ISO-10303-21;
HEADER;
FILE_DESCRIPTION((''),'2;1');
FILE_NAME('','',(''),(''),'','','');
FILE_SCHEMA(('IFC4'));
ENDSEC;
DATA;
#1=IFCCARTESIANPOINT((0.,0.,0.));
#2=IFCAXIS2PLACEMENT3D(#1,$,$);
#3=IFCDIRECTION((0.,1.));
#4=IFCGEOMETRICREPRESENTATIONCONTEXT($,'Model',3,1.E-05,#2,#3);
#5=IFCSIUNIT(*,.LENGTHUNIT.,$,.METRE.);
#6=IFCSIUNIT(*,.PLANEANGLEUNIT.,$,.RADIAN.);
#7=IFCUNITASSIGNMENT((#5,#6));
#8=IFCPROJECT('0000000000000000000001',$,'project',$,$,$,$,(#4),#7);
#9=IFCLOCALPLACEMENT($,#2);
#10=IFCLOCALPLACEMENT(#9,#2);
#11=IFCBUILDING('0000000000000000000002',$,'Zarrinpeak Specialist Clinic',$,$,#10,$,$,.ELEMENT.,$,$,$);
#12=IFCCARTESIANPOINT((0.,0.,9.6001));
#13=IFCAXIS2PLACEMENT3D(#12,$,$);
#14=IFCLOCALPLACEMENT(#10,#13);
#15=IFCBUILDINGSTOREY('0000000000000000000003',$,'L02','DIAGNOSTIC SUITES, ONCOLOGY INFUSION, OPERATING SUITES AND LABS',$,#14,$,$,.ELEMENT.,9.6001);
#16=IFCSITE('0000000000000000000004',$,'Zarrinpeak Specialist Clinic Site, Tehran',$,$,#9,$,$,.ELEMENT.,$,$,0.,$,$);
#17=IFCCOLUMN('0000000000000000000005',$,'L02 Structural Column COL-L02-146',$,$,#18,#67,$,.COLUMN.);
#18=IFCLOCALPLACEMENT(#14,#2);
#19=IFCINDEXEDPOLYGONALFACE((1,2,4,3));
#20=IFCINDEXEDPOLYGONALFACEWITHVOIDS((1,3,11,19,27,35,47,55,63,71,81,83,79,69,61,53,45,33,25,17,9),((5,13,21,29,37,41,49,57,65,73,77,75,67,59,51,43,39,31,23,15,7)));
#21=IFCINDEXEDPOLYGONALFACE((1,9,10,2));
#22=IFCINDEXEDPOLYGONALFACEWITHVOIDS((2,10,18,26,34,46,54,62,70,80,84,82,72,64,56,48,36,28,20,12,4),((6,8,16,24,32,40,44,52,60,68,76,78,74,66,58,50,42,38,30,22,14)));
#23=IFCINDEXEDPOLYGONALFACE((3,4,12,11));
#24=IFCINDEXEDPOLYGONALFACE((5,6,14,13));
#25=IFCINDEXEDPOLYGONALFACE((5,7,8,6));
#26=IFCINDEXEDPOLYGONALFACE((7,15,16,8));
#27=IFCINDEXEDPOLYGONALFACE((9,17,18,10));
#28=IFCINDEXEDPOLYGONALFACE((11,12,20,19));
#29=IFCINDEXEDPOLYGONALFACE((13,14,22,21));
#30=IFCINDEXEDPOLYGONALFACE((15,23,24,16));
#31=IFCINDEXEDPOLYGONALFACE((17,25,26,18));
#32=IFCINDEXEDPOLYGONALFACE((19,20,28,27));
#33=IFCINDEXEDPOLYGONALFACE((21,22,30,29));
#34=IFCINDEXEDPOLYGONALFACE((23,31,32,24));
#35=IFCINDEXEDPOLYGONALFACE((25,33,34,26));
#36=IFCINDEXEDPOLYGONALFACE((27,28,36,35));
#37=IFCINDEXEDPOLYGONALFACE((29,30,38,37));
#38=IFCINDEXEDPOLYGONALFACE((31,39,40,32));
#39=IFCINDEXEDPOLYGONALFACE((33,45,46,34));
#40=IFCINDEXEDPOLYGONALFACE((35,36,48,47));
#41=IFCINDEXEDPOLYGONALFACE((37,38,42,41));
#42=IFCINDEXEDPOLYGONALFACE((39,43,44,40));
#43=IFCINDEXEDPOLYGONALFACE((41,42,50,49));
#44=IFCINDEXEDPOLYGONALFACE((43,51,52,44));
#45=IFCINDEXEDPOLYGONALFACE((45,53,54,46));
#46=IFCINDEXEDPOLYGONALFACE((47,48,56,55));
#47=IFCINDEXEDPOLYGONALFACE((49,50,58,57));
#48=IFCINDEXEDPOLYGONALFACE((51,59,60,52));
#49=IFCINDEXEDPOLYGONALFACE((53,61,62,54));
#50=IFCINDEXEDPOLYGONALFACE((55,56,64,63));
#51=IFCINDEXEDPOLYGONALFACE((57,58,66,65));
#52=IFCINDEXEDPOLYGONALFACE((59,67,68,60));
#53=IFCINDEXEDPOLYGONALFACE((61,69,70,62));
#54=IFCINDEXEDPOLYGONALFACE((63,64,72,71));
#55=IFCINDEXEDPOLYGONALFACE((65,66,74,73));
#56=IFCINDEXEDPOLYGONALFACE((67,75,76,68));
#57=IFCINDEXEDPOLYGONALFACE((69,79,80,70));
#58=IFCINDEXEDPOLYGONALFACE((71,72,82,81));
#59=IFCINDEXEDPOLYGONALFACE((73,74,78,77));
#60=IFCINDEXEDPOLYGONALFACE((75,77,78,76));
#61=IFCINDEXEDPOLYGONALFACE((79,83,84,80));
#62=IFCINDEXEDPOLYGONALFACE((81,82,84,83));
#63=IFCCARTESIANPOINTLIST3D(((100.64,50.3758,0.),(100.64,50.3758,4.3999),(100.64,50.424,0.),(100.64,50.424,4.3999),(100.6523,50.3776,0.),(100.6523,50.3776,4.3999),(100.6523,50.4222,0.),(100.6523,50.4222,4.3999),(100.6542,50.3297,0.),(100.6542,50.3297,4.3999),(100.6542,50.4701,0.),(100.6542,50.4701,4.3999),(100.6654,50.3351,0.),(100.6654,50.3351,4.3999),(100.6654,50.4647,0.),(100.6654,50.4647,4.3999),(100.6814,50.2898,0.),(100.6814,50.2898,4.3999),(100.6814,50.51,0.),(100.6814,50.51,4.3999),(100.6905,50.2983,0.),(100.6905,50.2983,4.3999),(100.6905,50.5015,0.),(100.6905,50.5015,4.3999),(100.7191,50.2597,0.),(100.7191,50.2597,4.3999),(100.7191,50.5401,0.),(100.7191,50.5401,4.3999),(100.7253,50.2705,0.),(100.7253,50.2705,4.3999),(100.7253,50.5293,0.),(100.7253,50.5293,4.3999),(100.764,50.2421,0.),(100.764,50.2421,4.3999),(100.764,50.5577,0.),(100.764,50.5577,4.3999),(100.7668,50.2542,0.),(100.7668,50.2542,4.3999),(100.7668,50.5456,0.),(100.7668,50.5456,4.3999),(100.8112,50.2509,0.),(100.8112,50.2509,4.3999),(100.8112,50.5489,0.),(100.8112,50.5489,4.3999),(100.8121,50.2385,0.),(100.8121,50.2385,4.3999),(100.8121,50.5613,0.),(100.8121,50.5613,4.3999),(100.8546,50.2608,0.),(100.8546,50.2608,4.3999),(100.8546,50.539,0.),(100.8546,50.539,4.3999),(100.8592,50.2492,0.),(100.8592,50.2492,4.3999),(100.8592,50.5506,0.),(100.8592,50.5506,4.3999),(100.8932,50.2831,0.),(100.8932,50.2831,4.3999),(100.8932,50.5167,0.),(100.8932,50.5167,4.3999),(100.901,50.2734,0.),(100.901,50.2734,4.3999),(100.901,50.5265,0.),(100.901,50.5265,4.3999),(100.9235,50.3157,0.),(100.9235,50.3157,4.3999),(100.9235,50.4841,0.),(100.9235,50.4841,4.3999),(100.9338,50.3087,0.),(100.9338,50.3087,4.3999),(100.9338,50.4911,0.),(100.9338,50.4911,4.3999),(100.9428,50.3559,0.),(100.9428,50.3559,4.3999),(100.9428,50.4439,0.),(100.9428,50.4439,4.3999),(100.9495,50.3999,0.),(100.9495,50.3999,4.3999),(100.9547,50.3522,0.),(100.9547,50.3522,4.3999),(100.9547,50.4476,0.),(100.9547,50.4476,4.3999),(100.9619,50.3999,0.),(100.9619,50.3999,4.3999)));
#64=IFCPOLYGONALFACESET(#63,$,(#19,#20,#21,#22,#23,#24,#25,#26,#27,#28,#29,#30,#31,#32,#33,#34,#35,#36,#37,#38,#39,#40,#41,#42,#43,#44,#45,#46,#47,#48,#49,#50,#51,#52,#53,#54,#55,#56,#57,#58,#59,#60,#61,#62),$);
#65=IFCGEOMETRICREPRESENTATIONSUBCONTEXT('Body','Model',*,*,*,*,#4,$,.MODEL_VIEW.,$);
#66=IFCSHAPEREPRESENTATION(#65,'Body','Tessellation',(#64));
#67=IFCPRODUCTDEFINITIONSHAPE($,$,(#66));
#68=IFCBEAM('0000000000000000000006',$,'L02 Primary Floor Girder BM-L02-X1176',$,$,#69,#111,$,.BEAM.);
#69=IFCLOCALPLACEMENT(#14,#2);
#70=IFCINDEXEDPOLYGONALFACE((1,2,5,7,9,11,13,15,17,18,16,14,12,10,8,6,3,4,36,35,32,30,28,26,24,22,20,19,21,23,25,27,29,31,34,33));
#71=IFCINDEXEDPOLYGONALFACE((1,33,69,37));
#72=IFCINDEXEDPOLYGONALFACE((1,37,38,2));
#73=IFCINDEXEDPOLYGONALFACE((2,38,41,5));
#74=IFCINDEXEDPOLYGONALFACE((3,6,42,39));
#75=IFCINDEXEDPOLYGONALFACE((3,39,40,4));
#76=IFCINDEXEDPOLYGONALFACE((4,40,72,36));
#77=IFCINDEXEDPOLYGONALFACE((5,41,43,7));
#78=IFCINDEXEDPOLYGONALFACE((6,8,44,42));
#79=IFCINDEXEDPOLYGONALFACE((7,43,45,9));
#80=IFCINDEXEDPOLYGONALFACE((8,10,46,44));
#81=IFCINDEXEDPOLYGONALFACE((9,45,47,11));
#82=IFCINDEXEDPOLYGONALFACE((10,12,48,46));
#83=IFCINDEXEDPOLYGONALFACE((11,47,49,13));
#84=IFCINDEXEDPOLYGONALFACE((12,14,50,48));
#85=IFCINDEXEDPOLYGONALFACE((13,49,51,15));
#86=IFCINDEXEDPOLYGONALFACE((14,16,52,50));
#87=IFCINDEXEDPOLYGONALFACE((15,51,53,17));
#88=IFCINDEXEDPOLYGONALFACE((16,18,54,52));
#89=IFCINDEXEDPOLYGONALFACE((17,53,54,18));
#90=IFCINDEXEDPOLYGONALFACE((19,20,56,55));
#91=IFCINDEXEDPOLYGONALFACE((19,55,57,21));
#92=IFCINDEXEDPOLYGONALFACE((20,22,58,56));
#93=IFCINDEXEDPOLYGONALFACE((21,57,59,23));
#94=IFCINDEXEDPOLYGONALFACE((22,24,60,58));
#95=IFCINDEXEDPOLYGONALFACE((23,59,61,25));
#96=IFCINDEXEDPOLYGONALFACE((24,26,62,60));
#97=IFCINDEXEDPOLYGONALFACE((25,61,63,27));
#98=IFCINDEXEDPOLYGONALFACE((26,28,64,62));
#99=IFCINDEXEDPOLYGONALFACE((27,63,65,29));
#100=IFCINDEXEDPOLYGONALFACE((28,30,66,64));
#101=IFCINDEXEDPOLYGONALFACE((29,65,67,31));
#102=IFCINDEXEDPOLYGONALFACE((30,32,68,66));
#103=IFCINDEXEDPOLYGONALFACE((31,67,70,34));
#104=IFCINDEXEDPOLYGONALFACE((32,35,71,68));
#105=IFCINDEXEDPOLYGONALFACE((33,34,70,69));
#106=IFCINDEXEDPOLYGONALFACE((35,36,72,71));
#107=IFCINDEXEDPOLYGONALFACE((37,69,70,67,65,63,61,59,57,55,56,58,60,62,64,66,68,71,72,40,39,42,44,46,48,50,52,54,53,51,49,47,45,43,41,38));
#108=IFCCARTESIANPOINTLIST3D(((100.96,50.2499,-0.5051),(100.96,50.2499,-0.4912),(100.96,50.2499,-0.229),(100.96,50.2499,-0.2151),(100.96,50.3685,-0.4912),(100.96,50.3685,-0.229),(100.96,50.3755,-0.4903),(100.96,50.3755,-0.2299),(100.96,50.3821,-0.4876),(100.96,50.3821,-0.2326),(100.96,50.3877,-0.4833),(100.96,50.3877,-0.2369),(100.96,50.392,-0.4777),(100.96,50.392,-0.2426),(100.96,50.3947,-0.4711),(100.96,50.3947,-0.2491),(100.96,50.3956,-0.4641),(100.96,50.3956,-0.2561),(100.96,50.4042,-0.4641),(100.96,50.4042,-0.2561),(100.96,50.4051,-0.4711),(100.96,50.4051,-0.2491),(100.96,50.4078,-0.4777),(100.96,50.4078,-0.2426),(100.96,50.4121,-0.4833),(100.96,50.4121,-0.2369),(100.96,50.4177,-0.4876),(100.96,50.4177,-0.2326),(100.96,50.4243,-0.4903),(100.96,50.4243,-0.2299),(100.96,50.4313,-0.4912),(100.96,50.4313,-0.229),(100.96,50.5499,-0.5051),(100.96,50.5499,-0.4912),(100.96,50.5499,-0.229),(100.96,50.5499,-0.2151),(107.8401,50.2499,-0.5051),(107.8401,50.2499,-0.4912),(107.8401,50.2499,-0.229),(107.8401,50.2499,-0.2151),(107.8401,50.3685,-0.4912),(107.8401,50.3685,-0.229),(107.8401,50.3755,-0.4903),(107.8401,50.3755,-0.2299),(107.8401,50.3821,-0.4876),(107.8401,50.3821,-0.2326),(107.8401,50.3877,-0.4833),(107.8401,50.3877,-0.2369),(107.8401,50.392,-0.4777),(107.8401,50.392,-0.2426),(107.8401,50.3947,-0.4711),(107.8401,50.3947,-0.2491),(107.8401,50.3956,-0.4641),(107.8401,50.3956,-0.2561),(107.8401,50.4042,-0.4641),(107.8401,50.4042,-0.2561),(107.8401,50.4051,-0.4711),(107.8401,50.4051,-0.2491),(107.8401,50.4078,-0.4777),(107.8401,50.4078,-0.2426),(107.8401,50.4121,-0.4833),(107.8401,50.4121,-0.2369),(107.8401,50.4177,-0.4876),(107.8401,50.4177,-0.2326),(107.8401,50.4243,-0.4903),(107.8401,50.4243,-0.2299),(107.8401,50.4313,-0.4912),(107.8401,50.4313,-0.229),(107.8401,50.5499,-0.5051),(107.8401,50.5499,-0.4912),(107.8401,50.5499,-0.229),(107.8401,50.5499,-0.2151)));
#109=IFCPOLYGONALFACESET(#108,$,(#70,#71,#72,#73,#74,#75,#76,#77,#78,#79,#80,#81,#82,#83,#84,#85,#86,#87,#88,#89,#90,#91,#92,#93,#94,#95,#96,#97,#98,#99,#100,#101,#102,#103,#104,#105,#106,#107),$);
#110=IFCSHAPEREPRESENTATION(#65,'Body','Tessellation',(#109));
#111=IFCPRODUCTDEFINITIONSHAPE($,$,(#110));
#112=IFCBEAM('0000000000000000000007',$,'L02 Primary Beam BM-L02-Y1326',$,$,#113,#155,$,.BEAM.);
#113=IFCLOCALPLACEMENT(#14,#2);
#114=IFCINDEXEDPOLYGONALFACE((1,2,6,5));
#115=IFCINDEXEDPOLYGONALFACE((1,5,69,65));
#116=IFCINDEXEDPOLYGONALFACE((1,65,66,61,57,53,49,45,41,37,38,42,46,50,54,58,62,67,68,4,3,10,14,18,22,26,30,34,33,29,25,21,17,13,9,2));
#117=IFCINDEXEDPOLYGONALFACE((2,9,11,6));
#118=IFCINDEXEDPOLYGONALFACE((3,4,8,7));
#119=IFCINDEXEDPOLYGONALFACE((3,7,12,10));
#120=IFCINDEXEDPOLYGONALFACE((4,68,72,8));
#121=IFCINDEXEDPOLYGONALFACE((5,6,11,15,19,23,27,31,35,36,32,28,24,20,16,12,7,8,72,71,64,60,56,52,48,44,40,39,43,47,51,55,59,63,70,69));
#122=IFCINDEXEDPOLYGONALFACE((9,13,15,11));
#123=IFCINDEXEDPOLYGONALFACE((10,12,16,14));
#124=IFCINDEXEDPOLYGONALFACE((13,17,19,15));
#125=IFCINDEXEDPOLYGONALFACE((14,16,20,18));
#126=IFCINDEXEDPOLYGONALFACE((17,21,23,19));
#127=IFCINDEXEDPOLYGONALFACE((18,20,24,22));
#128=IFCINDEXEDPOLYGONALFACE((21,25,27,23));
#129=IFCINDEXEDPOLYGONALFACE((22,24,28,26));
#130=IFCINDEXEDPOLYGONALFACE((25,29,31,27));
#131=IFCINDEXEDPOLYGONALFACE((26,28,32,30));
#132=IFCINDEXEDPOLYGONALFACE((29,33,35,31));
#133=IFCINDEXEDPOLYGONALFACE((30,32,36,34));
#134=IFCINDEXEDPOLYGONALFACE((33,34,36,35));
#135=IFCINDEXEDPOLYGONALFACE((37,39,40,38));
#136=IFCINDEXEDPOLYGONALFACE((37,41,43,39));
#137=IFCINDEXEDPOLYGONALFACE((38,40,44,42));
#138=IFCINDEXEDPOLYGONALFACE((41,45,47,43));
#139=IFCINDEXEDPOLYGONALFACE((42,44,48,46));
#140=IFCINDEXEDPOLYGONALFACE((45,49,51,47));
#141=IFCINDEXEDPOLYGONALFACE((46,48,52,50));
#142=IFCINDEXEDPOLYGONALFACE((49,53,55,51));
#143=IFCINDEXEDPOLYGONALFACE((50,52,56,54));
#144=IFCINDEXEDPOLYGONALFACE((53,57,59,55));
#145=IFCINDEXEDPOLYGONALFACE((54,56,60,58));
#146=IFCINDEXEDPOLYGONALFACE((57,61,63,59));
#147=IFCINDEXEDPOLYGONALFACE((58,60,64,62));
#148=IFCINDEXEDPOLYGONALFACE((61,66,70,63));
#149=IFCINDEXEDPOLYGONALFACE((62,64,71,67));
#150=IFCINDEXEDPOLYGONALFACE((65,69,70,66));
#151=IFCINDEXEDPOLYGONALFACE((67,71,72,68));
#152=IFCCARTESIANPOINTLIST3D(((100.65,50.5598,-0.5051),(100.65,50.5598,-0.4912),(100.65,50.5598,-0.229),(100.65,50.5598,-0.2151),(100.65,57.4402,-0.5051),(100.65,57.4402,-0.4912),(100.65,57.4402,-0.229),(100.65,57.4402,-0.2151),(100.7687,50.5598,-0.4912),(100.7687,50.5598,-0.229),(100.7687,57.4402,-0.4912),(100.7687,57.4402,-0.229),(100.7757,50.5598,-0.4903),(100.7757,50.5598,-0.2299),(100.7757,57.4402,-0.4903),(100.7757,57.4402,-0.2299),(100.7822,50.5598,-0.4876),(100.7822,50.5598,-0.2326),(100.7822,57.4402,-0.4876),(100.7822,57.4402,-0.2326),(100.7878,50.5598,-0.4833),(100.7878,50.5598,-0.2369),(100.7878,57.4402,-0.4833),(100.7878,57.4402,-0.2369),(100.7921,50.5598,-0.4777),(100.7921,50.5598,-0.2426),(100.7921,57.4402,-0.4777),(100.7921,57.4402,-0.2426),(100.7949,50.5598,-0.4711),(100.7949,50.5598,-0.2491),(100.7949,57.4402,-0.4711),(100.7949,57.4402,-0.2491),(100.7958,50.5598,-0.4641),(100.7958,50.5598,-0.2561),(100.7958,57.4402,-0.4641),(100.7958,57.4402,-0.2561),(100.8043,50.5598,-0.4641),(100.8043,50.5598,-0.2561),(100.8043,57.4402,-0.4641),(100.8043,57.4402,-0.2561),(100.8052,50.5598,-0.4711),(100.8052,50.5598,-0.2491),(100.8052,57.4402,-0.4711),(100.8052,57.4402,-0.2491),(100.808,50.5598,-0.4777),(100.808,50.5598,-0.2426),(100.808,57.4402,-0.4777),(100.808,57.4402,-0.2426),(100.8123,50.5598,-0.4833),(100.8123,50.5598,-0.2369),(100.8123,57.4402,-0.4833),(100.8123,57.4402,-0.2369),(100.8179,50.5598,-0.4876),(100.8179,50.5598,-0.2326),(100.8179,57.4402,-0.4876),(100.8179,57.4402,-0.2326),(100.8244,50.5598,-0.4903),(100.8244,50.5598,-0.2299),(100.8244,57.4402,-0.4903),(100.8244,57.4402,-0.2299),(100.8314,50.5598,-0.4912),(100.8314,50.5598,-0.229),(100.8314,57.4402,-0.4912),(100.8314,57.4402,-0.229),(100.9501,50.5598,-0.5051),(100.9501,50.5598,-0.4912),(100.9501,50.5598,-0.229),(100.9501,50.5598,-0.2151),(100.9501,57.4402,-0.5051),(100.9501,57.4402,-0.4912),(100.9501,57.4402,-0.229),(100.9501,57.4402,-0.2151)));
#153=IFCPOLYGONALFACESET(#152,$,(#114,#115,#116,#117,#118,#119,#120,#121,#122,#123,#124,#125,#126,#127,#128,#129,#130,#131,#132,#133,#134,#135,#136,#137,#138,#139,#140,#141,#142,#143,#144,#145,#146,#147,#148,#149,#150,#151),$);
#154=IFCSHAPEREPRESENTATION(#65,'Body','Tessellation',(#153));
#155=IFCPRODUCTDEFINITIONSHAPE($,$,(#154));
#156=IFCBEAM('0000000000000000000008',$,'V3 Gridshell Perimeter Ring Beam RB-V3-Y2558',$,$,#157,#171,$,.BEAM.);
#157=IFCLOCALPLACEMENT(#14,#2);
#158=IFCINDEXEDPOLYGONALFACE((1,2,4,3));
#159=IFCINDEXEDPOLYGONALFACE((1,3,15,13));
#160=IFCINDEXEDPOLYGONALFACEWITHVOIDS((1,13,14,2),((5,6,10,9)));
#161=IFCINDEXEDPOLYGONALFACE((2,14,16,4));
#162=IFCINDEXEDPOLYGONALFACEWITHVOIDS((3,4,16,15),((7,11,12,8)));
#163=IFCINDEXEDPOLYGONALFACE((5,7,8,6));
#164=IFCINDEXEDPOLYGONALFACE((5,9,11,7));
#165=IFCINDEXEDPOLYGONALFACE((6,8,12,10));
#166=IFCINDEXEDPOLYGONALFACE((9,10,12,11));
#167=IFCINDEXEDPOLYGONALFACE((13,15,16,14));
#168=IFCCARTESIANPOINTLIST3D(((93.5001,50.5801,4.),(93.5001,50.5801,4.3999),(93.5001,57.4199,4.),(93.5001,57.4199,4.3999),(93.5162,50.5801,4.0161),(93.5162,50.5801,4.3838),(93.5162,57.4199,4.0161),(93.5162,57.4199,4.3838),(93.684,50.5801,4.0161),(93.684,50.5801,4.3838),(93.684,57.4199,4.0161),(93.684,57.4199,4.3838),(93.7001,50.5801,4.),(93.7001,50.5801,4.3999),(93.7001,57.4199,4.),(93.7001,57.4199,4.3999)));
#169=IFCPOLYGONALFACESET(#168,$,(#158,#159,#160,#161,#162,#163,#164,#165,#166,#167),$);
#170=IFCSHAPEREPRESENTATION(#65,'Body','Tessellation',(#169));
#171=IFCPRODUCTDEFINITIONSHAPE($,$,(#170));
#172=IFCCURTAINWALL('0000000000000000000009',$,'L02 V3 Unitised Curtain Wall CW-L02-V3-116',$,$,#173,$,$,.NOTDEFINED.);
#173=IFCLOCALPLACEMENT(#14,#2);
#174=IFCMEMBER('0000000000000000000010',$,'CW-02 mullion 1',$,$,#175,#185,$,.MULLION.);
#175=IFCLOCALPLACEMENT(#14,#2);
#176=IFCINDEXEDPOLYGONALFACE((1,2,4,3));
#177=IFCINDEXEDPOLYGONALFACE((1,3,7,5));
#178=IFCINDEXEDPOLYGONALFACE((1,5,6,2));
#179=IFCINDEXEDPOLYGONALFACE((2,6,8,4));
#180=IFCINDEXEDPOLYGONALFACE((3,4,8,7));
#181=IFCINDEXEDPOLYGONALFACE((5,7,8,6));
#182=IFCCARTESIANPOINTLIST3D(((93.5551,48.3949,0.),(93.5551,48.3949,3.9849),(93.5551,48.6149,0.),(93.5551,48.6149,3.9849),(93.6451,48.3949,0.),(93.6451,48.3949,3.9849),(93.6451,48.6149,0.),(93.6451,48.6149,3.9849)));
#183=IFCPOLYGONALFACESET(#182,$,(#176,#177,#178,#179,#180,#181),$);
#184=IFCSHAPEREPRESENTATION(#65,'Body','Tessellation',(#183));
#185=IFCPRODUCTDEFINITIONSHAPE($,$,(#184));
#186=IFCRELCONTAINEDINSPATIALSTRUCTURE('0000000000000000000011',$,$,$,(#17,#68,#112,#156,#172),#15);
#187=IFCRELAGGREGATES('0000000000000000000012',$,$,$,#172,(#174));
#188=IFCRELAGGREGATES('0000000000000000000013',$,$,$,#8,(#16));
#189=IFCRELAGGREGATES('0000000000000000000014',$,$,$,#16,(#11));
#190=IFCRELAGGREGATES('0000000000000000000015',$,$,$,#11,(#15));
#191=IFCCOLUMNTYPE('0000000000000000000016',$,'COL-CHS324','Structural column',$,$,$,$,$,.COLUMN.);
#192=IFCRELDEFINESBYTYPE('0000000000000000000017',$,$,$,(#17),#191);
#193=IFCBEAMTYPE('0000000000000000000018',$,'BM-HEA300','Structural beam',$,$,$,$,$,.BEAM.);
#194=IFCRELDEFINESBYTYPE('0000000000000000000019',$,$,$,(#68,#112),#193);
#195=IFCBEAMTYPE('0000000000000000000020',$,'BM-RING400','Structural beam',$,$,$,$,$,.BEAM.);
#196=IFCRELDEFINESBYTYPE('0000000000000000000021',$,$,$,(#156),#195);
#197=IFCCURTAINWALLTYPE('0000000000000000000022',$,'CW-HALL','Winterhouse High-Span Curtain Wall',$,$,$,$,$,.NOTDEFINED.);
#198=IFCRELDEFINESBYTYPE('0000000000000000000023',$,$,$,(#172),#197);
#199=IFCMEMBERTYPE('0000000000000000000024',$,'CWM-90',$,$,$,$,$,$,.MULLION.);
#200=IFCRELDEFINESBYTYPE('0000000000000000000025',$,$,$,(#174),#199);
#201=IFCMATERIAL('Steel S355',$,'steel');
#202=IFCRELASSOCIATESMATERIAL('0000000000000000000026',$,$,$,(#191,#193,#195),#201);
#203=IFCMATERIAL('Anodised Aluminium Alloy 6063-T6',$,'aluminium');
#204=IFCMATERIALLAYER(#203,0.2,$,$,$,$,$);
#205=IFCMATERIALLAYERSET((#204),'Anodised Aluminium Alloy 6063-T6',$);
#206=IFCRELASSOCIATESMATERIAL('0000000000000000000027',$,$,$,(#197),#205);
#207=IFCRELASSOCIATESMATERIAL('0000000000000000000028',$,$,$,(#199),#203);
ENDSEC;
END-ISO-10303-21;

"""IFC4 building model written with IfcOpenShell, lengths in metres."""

from ifc_helpers import new_model, si_unit, direction, frame, origin, origin_2d, place, context, subcontext, project, spatial, rectangle, hollow_rectangle, hollow_circle, i_section, extrude, material, layer, layer_set, material_profile, profile_set, type_object, element, aggregate, save


model = new_model("IFC4")

# Units and contexts
model_context = context("Model", 3, precision=1e-05, world=origin(), true_north=direction((0.0, 1.0)))
body_context = subcontext(model_context, "Body", "Model", "MODEL_VIEW")
ifc_project = project(units=[si_unit("LENGTHUNIT", "METRE"), si_unit("PLANEANGLEUNIT", "RADIAN")], contexts=[model_context])

# Site, building, storey
site_placement = place(None, origin())
site = spatial("IfcSite", under=ifc_project, at=site_placement, Name="Zarrinpeak Specialist Clinic Site, Tehran", CompositionType="ELEMENT", RefElevation=0.0)
building_placement = place(site_placement, origin())
building = spatial("IfcBuilding", under=site, at=building_placement, Name="Zarrinpeak Specialist Clinic", CompositionType="ELEMENT")
storey_placement = place(building_placement, frame((0.0, 0.0, 9.6001)))
storey = spatial("IfcBuildingStorey", under=building, at=storey_placement, Name="L02", Description="DIAGNOSTIC SUITES, ONCOLOGY INFUSION, OPERATING SUITES AND LABS", CompositionType="ELEMENT", Elevation=9.6001)

# Column
ifc_material_1 = material(Name="Steel S355", Category="steel")
ifc_material_profile_1 = material_profile(ifc_material_1, hollow_circle(Radius=0.1619, WallThickness=0.0125, at=origin_2d()), Name="CHS 323.9x12.5")
ifc_profile_set_1 = profile_set([ifc_material_profile_1], Name="Steel S355")
column_type = type_object("IfcColumnType", Name="COL-CHS324", Description="Structural column", PredefinedType="COLUMN", material=ifc_profile_set_1)
column_placement = place(storey_placement, frame((100.8, 50.3999, 0.0), z_axis=(0.0, 0.0, 1.0), x_axis=(1.0, 0.0, 0.0)))
element("IfcColumn", 1, at=column_placement, inside=storey, type_object=column_type, Name="L02 Structural Column COL-L02-146", PredefinedType="COLUMN", context=body_context, shape_type="SweptSolid", body=[
    extrude(hollow_circle(Radius=0.1619, WallThickness=0.0125, at=origin_2d()), origin(), (0.0, 0.0, 1.0), 4.3999),
])

# Beams
ifc_material_profile_2 = material_profile(ifc_material_1, i_section(OverallWidth=0.3, OverallDepth=0.29, WebThickness=0.0085, FlangeThickness=0.0139, FilletRadius=0.0271, at=origin_2d()), Name="HEA 300")
ifc_profile_set_2 = profile_set([ifc_material_profile_2], Name="Steel S355")
beam_type_1 = type_object("IfcBeamType", Name="BM-HEA300", Description="Structural beam", PredefinedType="BEAM", material=ifc_profile_set_2)
beam_1_placement = place(storey_placement, frame((100.96, 50.3999, -0.3601), z_axis=(1.0, 0.0, 0.0), x_axis=(0.0, 1.0, 0.0)))
element("IfcBeam", 2, at=beam_1_placement, inside=storey, type_object=beam_type_1, Name="L02 Primary Floor Girder BM-L02-X1176", PredefinedType="BEAM", context=body_context, shape_type="SweptSolid", body=[
    extrude(i_section(OverallWidth=0.3, OverallDepth=0.29, WebThickness=0.0085, FlangeThickness=0.0139, FilletRadius=0.0271, at=origin_2d()), origin(), (0.0, 0.0, 1.0), 6.8801),
])
beam_2_placement = place(storey_placement, frame((100.8, 50.5598, -0.3601), z_axis=(0.0, 1.0, 0.0), x_axis=(-1.0, 0.0, 0.0)))
element("IfcBeam", 3, at=beam_2_placement, inside=storey, type_object=beam_type_1, Name="L02 Primary Beam BM-L02-Y1326", PredefinedType="BEAM", context=body_context, shape_type="SweptSolid", body=[
    extrude(i_section(OverallWidth=0.3, OverallDepth=0.29, WebThickness=0.0085, FlangeThickness=0.0139, FilletRadius=0.0271, at=origin_2d()), origin(), (0.0, 0.0, 1.0), 6.8804),
])
ifc_material_profile_3 = material_profile(ifc_material_1, hollow_rectangle(XDim=0.2, YDim=0.3999, WallThickness=0.0161, at=origin_2d()), Name="RHS 400x200x16.0")
ifc_profile_set_3 = profile_set([ifc_material_profile_3], Name="Steel S355")
beam_type_2 = type_object("IfcBeamType", Name="BM-RING400", Description="Structural beam", PredefinedType="BEAM", material=ifc_profile_set_3)
beam_3_placement = place(storey_placement, frame((93.6001, 50.5801, 4.2), z_axis=(0.0, 1.0, 0.0), x_axis=(-1.0, 0.0, 0.0)))
element("IfcBeam", 4, at=beam_3_placement, inside=storey, type_object=beam_type_2, Name="V3 Gridshell Perimeter Ring Beam RB-V3-Y2558", PredefinedType="BEAM", context=body_context, shape_type="SweptSolid", body=[
    extrude(hollow_rectangle(XDim=0.2, YDim=0.3999, WallThickness=0.0161, at=origin_2d()), origin(), (0.0, 0.0, 1.0), 6.8398),
])

# Curtain wall, member
ifc_material_2 = material(Name="Anodised Aluminium Alloy 6063-T6", Category="aluminium")
ifc_layer_1 = layer(ifc_material_2, 0.2)
ifc_layer_set_1 = layer_set([ifc_layer_1], Name="Anodised Aluminium Alloy 6063-T6")
curtain_wall_type = type_object("IfcCurtainWallType", Name="CW-HALL", Description="Winterhouse High-Span Curtain Wall", PredefinedType="NOTDEFINED", material=ifc_layer_set_1)
curtain_wall_placement = place(storey_placement, origin())
curtain_wall = element("IfcCurtainWall", 5, at=curtain_wall_placement, inside=storey, type_object=curtain_wall_type, Name="L02 V3 Unitised Curtain Wall CW-L02-V3-116", PredefinedType="NOTDEFINED")
ifc_material_profile_4 = material_profile(ifc_material_2, rectangle(XDim=0.0901, YDim=0.22, at=origin_2d()), Name="ALU 90x220")
ifc_profile_set_4 = profile_set([ifc_material_profile_4], Name="Anodised Aluminium Alloy 6063-T6")
member_type_1 = type_object("IfcMemberType", Name="CWM-90", PredefinedType="MULLION", material=ifc_profile_set_4)
member_1_placement = place(storey_placement, frame((93.6001, 48.5049, 0.0), z_axis=(0.0, 0.0, 1.0), x_axis=(1.0, 0.0, 0.0)))
member_1 = element("IfcMember", 6, at=member_1_placement, type_object=member_type_1, Name="CW-02 mullion 1", PredefinedType="MULLION", context=body_context, shape_type="SweptSolid", body=[
    extrude(rectangle(XDim=0.0901, YDim=0.22, at=origin_2d()), origin(), (0.0, 0.0, 1.0), 3.9849),
])
aggregate(curtain_wall, [member_1])

save(model, "model.ifc")
